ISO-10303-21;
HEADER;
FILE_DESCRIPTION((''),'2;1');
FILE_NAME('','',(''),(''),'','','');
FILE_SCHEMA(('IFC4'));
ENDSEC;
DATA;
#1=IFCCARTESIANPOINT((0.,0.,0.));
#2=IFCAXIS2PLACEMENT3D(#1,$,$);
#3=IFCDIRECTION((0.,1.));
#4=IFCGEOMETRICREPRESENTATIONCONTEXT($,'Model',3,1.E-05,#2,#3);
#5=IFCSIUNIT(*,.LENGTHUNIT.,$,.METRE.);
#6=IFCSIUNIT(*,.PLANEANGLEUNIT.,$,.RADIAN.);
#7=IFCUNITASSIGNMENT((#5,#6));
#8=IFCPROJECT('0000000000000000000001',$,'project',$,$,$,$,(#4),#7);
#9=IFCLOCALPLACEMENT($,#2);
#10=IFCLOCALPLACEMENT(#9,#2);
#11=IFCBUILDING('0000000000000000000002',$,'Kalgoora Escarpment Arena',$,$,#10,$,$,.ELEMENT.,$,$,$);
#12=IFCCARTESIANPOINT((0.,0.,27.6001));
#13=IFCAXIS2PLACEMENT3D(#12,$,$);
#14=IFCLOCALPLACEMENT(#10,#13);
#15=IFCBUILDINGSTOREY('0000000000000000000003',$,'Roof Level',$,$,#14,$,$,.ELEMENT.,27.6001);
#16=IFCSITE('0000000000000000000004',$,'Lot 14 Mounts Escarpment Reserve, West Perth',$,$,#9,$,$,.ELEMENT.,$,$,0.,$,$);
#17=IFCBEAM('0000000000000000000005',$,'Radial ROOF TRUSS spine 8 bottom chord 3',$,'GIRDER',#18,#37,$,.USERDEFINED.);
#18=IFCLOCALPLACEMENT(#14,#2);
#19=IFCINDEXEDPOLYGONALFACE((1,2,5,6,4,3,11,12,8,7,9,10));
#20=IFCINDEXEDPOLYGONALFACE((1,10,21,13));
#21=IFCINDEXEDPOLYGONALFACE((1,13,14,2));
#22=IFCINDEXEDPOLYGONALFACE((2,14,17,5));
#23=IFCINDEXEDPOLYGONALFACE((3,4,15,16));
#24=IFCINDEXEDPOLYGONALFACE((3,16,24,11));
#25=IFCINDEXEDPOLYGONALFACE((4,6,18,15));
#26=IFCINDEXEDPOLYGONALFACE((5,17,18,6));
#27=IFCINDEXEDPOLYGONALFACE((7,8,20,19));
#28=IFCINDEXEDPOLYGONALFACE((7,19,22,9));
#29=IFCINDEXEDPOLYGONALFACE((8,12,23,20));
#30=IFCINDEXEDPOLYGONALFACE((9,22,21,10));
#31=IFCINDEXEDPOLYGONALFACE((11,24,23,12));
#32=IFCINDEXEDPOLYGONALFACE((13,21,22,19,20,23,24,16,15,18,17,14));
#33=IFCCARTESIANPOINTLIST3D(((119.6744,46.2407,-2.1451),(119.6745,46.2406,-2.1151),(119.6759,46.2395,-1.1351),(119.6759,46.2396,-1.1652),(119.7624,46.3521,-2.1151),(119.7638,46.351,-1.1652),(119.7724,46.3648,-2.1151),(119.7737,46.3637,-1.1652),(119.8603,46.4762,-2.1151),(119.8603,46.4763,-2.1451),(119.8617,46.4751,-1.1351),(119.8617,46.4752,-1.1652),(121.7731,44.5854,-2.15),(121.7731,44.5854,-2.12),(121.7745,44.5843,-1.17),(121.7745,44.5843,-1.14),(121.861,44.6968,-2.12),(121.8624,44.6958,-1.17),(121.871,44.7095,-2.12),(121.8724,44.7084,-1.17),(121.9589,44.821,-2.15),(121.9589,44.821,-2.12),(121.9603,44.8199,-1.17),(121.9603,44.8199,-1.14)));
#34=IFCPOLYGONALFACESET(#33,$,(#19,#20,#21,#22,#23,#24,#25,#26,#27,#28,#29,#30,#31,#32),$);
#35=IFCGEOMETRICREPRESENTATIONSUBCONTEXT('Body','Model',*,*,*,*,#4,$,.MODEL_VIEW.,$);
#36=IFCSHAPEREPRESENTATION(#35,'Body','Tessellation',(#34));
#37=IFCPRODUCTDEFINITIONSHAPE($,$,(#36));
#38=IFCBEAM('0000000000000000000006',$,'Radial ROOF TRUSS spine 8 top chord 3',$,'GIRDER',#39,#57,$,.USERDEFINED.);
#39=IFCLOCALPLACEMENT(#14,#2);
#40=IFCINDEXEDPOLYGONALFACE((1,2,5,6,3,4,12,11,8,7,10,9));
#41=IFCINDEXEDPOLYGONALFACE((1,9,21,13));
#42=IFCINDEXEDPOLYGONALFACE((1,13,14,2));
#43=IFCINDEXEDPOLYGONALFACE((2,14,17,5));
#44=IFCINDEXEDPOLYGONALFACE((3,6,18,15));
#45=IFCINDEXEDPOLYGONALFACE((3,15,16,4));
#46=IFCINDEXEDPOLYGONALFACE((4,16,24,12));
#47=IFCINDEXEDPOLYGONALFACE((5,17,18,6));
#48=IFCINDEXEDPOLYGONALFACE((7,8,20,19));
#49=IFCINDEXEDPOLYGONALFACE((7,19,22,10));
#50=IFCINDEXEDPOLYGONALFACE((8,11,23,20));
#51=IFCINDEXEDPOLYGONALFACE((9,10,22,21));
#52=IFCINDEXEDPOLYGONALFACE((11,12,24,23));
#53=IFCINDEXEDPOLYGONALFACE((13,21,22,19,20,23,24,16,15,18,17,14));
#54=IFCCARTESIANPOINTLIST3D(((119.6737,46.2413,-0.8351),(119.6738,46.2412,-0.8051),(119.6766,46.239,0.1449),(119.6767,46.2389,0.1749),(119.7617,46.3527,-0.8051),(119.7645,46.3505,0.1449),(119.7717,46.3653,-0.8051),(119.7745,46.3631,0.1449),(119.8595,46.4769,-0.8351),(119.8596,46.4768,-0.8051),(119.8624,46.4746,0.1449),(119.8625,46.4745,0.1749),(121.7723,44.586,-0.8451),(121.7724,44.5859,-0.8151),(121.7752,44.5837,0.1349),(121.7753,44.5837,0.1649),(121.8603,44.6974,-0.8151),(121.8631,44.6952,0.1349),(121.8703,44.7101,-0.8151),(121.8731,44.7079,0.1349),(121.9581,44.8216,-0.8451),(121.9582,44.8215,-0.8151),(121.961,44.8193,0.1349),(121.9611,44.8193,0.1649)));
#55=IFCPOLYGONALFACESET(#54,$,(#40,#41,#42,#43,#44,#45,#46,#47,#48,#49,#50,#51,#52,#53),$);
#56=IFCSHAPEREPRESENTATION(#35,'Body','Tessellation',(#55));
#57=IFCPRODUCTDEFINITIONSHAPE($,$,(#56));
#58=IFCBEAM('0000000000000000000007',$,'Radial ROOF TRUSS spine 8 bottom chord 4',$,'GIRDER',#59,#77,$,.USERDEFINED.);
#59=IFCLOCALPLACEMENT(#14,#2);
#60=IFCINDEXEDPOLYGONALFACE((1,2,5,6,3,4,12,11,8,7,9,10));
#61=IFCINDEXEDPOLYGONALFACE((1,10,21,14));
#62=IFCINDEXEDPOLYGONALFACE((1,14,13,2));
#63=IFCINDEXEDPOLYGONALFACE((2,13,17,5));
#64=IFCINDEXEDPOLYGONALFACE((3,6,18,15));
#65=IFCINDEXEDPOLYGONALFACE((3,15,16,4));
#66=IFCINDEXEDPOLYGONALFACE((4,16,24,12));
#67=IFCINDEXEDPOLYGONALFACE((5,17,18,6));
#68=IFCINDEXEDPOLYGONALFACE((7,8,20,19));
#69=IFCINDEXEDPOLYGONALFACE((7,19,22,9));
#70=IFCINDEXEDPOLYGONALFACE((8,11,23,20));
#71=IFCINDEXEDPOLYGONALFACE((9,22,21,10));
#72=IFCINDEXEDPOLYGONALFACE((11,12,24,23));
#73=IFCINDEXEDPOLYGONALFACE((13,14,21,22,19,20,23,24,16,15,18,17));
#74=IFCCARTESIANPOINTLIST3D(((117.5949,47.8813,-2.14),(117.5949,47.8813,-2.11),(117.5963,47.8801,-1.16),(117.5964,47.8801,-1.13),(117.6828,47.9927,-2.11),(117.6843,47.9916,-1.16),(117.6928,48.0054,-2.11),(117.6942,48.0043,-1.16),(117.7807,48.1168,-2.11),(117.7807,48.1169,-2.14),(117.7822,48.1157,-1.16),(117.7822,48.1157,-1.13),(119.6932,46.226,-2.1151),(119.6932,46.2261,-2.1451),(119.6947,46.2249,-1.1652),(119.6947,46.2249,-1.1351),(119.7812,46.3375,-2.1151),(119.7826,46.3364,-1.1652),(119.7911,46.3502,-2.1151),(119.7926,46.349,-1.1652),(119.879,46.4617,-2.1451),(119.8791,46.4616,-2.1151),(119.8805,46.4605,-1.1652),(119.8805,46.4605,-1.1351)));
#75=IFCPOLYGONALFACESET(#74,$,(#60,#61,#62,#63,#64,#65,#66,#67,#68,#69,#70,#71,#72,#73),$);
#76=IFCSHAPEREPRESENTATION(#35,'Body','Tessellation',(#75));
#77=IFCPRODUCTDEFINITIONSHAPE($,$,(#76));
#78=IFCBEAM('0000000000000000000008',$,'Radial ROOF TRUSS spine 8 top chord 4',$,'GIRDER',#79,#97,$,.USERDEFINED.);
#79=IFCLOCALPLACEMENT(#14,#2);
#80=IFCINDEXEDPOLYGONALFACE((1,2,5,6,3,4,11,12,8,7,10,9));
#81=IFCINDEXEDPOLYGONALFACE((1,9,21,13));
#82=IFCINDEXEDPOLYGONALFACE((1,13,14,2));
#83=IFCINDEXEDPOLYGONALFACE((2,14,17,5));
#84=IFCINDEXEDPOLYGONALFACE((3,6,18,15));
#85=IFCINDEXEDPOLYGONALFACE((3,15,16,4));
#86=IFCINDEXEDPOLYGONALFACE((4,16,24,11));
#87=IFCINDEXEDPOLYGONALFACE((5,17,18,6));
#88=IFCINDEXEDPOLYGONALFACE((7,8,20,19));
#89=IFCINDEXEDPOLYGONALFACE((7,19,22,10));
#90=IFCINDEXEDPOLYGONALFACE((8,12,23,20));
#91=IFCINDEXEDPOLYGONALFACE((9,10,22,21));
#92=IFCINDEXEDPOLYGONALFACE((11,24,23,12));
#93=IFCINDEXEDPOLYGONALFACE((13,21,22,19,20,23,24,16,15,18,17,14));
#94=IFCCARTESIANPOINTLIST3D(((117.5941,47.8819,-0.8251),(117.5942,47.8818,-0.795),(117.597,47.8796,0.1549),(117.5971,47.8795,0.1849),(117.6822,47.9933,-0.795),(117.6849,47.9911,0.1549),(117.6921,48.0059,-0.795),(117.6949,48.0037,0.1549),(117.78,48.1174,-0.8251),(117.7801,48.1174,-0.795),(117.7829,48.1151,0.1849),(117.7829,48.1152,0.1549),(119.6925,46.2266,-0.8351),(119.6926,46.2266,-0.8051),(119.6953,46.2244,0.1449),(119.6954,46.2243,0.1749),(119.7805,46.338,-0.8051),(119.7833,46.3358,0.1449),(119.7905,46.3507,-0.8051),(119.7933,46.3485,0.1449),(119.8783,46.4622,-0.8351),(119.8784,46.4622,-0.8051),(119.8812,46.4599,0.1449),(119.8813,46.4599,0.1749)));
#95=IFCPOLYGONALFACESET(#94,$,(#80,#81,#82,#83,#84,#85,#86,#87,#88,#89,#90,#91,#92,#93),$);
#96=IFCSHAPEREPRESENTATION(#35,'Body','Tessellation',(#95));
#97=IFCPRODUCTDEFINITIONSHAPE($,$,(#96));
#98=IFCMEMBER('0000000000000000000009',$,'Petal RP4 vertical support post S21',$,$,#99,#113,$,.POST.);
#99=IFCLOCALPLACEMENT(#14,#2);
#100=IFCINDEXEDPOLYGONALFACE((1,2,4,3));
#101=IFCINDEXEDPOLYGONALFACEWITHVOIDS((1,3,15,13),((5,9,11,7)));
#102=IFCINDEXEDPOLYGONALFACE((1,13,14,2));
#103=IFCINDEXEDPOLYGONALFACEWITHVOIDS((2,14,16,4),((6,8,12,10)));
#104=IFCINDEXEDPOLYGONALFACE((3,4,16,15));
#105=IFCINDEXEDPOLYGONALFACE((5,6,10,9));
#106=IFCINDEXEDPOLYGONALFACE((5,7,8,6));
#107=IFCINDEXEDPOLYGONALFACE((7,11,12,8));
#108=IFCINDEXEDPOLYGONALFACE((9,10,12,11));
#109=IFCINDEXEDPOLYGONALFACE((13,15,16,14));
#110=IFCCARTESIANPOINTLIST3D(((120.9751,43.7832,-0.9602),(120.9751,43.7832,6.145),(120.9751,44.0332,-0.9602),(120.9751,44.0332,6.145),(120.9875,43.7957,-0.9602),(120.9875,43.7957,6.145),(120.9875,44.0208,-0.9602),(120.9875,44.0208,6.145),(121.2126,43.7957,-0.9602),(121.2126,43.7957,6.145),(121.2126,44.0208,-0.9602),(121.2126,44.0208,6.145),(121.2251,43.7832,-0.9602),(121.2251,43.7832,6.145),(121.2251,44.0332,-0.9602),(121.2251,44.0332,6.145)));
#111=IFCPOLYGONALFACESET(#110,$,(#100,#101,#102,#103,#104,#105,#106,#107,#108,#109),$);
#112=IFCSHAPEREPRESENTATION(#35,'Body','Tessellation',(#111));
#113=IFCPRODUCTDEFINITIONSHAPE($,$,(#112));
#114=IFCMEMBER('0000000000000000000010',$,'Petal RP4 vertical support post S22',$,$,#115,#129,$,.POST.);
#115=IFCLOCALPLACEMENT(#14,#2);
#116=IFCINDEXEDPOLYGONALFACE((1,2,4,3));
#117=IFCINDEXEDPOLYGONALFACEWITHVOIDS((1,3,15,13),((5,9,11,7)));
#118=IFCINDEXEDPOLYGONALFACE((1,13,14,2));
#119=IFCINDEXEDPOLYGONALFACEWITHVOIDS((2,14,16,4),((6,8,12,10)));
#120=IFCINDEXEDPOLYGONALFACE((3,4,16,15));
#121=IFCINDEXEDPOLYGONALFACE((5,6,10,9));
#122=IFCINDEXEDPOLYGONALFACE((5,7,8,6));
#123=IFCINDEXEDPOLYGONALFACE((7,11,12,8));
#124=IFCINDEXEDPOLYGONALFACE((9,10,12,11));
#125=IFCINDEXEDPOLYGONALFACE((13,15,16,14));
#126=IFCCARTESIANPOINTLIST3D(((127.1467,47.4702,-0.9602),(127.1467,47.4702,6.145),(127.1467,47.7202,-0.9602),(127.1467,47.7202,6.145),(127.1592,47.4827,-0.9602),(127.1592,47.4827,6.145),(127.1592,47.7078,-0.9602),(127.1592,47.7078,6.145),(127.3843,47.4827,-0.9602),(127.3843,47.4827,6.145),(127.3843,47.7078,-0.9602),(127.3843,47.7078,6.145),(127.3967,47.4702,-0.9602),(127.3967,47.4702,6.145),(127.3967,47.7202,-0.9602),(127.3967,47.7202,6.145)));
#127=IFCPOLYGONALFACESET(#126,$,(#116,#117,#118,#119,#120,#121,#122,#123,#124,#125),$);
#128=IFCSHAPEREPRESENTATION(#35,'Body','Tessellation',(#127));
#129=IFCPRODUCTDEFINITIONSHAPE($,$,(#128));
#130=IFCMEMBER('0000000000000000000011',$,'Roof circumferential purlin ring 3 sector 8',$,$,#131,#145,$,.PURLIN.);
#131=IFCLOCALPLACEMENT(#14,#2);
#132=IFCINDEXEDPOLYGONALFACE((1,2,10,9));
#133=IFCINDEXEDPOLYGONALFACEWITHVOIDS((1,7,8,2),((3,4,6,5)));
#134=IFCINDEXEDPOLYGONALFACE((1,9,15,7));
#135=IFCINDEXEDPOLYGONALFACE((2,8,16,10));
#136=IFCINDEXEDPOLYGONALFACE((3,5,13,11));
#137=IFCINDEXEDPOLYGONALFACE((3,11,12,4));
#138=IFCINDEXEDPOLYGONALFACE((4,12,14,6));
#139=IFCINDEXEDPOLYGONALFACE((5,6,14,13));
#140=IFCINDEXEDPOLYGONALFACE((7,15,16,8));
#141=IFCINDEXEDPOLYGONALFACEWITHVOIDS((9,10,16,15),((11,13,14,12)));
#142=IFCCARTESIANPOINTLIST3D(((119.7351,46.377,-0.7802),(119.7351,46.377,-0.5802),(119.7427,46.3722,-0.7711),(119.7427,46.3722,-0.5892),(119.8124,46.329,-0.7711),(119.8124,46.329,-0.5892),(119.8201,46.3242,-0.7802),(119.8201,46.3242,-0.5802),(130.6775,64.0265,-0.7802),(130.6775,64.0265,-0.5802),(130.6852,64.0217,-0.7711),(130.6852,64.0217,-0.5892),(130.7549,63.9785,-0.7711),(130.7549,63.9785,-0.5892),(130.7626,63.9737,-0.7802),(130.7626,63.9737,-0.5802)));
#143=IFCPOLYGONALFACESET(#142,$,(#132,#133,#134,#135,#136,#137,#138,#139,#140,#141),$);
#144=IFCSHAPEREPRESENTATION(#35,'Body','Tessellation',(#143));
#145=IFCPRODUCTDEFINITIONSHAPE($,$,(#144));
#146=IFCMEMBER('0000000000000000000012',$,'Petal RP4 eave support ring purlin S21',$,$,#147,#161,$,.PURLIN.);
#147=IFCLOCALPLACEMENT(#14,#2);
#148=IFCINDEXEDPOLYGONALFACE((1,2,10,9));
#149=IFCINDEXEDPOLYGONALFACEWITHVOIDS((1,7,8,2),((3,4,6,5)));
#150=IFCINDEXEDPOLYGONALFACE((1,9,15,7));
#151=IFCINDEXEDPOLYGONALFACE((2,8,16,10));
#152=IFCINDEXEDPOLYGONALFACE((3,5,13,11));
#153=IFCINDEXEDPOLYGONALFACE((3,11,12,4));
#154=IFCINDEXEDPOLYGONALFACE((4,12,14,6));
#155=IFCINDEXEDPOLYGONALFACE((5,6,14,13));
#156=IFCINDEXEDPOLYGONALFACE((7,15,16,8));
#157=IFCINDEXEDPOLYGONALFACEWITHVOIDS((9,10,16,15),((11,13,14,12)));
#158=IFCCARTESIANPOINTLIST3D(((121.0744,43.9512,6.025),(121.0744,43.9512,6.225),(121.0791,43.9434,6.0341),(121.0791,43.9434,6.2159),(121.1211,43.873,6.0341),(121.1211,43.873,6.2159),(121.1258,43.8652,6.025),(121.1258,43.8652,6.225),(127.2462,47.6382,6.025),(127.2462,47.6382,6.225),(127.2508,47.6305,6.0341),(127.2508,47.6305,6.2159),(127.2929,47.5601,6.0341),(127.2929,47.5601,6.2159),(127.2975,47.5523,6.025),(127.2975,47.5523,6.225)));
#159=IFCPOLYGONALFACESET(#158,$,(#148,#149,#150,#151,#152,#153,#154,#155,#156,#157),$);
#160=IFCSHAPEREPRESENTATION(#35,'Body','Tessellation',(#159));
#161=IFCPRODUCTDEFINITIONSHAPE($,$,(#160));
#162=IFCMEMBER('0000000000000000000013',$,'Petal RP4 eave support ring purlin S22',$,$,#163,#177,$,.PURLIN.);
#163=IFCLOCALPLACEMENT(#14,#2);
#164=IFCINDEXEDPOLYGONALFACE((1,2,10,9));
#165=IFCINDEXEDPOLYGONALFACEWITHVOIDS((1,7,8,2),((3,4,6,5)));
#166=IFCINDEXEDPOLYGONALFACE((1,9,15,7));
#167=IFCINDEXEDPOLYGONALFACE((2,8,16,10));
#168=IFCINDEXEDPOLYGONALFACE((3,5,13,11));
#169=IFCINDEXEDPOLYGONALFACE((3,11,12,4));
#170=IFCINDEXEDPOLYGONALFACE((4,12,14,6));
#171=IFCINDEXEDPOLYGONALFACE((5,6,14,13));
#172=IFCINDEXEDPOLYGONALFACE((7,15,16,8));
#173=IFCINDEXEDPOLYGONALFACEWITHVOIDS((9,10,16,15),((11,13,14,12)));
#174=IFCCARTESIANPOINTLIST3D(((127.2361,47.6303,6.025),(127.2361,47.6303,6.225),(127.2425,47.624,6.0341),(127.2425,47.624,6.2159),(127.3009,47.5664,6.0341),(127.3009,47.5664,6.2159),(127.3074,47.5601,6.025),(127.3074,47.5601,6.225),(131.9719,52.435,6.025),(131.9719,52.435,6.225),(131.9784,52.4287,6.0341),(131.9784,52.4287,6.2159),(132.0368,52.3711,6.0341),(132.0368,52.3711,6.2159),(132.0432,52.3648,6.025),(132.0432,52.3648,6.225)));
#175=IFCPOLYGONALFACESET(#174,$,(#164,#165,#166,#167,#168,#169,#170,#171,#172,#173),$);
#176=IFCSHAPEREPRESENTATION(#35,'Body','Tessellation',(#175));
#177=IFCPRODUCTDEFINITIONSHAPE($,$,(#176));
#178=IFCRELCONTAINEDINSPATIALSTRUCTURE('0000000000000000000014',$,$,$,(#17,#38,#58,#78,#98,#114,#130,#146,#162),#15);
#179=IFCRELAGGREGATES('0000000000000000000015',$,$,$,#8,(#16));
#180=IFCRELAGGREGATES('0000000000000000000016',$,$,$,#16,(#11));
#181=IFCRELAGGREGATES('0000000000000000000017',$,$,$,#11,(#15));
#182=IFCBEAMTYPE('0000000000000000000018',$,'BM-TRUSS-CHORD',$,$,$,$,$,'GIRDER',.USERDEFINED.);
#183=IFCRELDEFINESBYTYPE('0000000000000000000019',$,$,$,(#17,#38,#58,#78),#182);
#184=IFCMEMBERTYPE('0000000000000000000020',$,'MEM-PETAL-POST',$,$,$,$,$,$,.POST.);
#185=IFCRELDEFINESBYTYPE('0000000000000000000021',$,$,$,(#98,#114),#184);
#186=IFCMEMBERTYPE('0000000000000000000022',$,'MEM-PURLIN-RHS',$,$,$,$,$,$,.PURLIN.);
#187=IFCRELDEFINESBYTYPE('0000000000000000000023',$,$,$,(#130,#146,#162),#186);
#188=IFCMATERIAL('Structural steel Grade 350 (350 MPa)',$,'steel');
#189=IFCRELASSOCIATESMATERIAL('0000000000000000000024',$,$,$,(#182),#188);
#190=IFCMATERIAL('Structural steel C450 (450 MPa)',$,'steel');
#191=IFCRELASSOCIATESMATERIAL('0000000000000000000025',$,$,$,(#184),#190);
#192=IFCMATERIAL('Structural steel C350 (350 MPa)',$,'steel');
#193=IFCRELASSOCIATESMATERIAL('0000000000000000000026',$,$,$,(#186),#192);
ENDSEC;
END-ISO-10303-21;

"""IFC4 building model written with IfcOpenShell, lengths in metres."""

from ifc_helpers import new_model, si_unit, direction, frame, origin, origin_2d, place, context, subcontext, project, spatial, hollow_rectangle, i_section, extrude, material, material_profile, profile_set, type_object, element, save


model = new_model("IFC4")

# Units and contexts
model_context = context("Model", 3, precision=1e-05, world=origin(), true_north=direction((0.0, 1.0)))
body_context = subcontext(model_context, "Body", "Model", "MODEL_VIEW")
ifc_project = project(units=[si_unit("LENGTHUNIT", "METRE"), si_unit("PLANEANGLEUNIT", "RADIAN")], contexts=[model_context])

# Site, building, storey
site_placement = place(None, origin())
site = spatial("IfcSite", under=ifc_project, at=site_placement, Name="Lot 14 Mounts Escarpment Reserve, West Perth", CompositionType="ELEMENT", RefElevation=0.0)
building_placement = place(site_placement, origin())
building = spatial("IfcBuilding", under=site, at=building_placement, Name="Kalgoora Escarpment Arena", CompositionType="ELEMENT")
storey_placement = place(building_placement, frame((0.0, 0.0, 27.6001)))
storey = spatial("IfcBuildingStorey", under=building, at=storey_placement, Name="Roof Level", CompositionType="ELEMENT", Elevation=27.6001)

# Beams
ifc_material_1 = material(Name="Structural steel Grade 350 (350 MPa)", Category="steel")
ifc_material_profile_1 = material_profile(ifc_material_1, i_section(OverallWidth=0.3, OverallDepth=1.01, WebThickness=0.0161, FlangeThickness=0.03, at=origin_2d()))
ifc_profile_set_1 = profile_set([ifc_material_profile_1], Name="Structural steel Grade 350 (350 MPa)")
beam_type = type_object("IfcBeamType", Name="BM-TRUSS-CHORD", ElementType="GIRDER", PredefinedType="USERDEFINED", material=ifc_profile_set_1)
for number, where, z_axis, x_axis, name in (
    (1, (121.8667, 44.7026, -1.645), (-0.785162, 0.619288, 0.001827), (-0.619289, -0.785163, 0.0), "Radial ROOF TRUSS spine 8 bottom chord 3"),
    (2, (121.8667, 44.7026, -0.3401), (-0.785158, 0.619284, 0.003745), (-0.619289, -0.785163, 0.0), "Radial ROOF TRUSS spine 8 top chord 3"),
):
    element("IfcBeam", number, at=place(storey_placement, frame(where, z_axis=z_axis, x_axis=x_axis)), inside=storey, type_object=beam_type, Name=name, ObjectType="GIRDER", PredefinedType="USERDEFINED", context=body_context, shape_type="SweptSolid", body=[
        extrude(i_section(OverallWidth=0.3, OverallDepth=1.01, WebThickness=0.0161, FlangeThickness=0.03, at=origin_2d()), origin(), (0.0, 0.0, 1.0), 2.6729),
    ])
for number, where, z_axis, x_axis, name in (
    (3, (119.7869, 46.3433, -1.6401), (-0.785127, 0.619332, 0.001918), (-0.619333, -0.785128, 0.0), "Radial ROOF TRUSS spine 8 bottom chord 4"),
    (4, (119.7869, 46.3433, -0.3301), (-0.785123, 0.619329, 0.003745), (-0.619333, -0.785128, 0.0), "Radial ROOF TRUSS spine 8 top chord 4"),
):
    element("IfcBeam", number, at=place(storey_placement, frame(where, z_axis=z_axis, x_axis=x_axis)), inside=storey, type_object=beam_type, Name=name, ObjectType="GIRDER", PredefinedType="USERDEFINED", context=body_context, shape_type="SweptSolid", body=[
        extrude(i_section(OverallWidth=0.3, OverallDepth=1.01, WebThickness=0.0161, FlangeThickness=0.03, at=origin_2d()), origin(), (0.0, 0.0, 1.0), 2.6726),
    ])

# Members
ifc_material_2 = material(Name="Structural steel C450 (450 MPa)", Category="steel")
ifc_material_profile_2 = material_profile(ifc_material_2, hollow_rectangle(XDim=0.25, YDim=0.25, WallThickness=0.0125, at=origin_2d()))
ifc_profile_set_2 = profile_set([ifc_material_profile_2], Name="Structural steel C450 (450 MPa)")
member_type_1 = type_object("IfcMemberType", Name="MEM-PETAL-POST", PredefinedType="POST", material=ifc_profile_set_2)
for number, where, z_axis, x_axis, name in (
    (5, (121.1001, 43.9082, -0.9602), (0.0, 0.0, 1.0), (1.0, 0.0, 0.0), "Petal RP4 vertical support post S21"),
    (6, (127.2717, 47.5952, -0.9602), (0.0, 0.0, 1.0), (1.0, 0.0, 0.0), "Petal RP4 vertical support post S22"),
):
    element("IfcMember", number, at=place(storey_placement, frame(where, z_axis=z_axis, x_axis=x_axis)), inside=storey, type_object=member_type_1, Name=name, PredefinedType="POST", context=body_context, shape_type="SweptSolid", body=[
        extrude(hollow_rectangle(XDim=0.25, YDim=0.25, WallThickness=0.0125, at=origin_2d()), origin(), (0.0, 0.0, 1.0), 7.1052),
    ])
ifc_material_3 = material(Name="Structural steel C350 (350 MPa)", Category="steel")
ifc_material_profile_3 = material_profile(ifc_material_3, hollow_rectangle(XDim=0.1001, YDim=0.2, WallThickness=0.009, at=origin_2d()))
ifc_profile_set_3 = profile_set([ifc_material_profile_3], Name="Structural steel C350 (350 MPa)")
member_type_2 = type_object("IfcMemberType", Name="MEM-PURLIN-RHS", PredefinedType="PURLIN", material=ifc_profile_set_3)
member_1_placement = place(storey_placement, frame((119.7776, 46.3506, -0.6802), z_axis=(0.526931, 0.849908, 0.0), x_axis=(-0.849908, 0.526931, 0.0)))
element("IfcMember", 7, at=member_1_placement, inside=storey, type_object=member_type_2, Name="Roof circumferential purlin ring 3 sector 8", PredefinedType="PURLIN", context=body_context, shape_type="SweptSolid", body=[
    extrude(hollow_rectangle(XDim=0.1001, YDim=0.2, WallThickness=0.009, at=origin_2d()), origin(), (0.0, 0.0, 1.0), 20.7664),
])
member_2_placement = place(storey_placement, frame((121.1001, 43.9082, 6.125), z_axis=(0.858471, 0.512862, 0.0), x_axis=(-0.512862, 0.858471, 0.0)))
element("IfcMember", 8, at=member_2_placement, inside=storey, type_object=member_type_2, Name="Petal RP4 eave support ring purlin S21", PredefinedType="PURLIN", context=body_context, shape_type="SweptSolid", body=[
    extrude(hollow_rectangle(XDim=0.1001, YDim=0.2, WallThickness=0.009, at=origin_2d()), origin(), (0.0, 0.0, 1.0), 7.1892),
])
member_3_placement = place(storey_placement, frame((127.2717, 47.5952, 6.125), z_axis=(0.701986, 0.712191, 0.0), x_axis=(-0.712191, 0.701986, 0.0)))
element("IfcMember", 9, at=member_3_placement, inside=storey, type_object=member_type_2, Name="Petal RP4 eave support ring purlin S22", PredefinedType="PURLIN", context=body_context, shape_type="SweptSolid", body=[
    extrude(hollow_rectangle(XDim=0.1001, YDim=0.2, WallThickness=0.009, at=origin_2d()), origin(), (0.0, 0.0, 1.0), 6.7463),
])

save(model, "model.ifc")
